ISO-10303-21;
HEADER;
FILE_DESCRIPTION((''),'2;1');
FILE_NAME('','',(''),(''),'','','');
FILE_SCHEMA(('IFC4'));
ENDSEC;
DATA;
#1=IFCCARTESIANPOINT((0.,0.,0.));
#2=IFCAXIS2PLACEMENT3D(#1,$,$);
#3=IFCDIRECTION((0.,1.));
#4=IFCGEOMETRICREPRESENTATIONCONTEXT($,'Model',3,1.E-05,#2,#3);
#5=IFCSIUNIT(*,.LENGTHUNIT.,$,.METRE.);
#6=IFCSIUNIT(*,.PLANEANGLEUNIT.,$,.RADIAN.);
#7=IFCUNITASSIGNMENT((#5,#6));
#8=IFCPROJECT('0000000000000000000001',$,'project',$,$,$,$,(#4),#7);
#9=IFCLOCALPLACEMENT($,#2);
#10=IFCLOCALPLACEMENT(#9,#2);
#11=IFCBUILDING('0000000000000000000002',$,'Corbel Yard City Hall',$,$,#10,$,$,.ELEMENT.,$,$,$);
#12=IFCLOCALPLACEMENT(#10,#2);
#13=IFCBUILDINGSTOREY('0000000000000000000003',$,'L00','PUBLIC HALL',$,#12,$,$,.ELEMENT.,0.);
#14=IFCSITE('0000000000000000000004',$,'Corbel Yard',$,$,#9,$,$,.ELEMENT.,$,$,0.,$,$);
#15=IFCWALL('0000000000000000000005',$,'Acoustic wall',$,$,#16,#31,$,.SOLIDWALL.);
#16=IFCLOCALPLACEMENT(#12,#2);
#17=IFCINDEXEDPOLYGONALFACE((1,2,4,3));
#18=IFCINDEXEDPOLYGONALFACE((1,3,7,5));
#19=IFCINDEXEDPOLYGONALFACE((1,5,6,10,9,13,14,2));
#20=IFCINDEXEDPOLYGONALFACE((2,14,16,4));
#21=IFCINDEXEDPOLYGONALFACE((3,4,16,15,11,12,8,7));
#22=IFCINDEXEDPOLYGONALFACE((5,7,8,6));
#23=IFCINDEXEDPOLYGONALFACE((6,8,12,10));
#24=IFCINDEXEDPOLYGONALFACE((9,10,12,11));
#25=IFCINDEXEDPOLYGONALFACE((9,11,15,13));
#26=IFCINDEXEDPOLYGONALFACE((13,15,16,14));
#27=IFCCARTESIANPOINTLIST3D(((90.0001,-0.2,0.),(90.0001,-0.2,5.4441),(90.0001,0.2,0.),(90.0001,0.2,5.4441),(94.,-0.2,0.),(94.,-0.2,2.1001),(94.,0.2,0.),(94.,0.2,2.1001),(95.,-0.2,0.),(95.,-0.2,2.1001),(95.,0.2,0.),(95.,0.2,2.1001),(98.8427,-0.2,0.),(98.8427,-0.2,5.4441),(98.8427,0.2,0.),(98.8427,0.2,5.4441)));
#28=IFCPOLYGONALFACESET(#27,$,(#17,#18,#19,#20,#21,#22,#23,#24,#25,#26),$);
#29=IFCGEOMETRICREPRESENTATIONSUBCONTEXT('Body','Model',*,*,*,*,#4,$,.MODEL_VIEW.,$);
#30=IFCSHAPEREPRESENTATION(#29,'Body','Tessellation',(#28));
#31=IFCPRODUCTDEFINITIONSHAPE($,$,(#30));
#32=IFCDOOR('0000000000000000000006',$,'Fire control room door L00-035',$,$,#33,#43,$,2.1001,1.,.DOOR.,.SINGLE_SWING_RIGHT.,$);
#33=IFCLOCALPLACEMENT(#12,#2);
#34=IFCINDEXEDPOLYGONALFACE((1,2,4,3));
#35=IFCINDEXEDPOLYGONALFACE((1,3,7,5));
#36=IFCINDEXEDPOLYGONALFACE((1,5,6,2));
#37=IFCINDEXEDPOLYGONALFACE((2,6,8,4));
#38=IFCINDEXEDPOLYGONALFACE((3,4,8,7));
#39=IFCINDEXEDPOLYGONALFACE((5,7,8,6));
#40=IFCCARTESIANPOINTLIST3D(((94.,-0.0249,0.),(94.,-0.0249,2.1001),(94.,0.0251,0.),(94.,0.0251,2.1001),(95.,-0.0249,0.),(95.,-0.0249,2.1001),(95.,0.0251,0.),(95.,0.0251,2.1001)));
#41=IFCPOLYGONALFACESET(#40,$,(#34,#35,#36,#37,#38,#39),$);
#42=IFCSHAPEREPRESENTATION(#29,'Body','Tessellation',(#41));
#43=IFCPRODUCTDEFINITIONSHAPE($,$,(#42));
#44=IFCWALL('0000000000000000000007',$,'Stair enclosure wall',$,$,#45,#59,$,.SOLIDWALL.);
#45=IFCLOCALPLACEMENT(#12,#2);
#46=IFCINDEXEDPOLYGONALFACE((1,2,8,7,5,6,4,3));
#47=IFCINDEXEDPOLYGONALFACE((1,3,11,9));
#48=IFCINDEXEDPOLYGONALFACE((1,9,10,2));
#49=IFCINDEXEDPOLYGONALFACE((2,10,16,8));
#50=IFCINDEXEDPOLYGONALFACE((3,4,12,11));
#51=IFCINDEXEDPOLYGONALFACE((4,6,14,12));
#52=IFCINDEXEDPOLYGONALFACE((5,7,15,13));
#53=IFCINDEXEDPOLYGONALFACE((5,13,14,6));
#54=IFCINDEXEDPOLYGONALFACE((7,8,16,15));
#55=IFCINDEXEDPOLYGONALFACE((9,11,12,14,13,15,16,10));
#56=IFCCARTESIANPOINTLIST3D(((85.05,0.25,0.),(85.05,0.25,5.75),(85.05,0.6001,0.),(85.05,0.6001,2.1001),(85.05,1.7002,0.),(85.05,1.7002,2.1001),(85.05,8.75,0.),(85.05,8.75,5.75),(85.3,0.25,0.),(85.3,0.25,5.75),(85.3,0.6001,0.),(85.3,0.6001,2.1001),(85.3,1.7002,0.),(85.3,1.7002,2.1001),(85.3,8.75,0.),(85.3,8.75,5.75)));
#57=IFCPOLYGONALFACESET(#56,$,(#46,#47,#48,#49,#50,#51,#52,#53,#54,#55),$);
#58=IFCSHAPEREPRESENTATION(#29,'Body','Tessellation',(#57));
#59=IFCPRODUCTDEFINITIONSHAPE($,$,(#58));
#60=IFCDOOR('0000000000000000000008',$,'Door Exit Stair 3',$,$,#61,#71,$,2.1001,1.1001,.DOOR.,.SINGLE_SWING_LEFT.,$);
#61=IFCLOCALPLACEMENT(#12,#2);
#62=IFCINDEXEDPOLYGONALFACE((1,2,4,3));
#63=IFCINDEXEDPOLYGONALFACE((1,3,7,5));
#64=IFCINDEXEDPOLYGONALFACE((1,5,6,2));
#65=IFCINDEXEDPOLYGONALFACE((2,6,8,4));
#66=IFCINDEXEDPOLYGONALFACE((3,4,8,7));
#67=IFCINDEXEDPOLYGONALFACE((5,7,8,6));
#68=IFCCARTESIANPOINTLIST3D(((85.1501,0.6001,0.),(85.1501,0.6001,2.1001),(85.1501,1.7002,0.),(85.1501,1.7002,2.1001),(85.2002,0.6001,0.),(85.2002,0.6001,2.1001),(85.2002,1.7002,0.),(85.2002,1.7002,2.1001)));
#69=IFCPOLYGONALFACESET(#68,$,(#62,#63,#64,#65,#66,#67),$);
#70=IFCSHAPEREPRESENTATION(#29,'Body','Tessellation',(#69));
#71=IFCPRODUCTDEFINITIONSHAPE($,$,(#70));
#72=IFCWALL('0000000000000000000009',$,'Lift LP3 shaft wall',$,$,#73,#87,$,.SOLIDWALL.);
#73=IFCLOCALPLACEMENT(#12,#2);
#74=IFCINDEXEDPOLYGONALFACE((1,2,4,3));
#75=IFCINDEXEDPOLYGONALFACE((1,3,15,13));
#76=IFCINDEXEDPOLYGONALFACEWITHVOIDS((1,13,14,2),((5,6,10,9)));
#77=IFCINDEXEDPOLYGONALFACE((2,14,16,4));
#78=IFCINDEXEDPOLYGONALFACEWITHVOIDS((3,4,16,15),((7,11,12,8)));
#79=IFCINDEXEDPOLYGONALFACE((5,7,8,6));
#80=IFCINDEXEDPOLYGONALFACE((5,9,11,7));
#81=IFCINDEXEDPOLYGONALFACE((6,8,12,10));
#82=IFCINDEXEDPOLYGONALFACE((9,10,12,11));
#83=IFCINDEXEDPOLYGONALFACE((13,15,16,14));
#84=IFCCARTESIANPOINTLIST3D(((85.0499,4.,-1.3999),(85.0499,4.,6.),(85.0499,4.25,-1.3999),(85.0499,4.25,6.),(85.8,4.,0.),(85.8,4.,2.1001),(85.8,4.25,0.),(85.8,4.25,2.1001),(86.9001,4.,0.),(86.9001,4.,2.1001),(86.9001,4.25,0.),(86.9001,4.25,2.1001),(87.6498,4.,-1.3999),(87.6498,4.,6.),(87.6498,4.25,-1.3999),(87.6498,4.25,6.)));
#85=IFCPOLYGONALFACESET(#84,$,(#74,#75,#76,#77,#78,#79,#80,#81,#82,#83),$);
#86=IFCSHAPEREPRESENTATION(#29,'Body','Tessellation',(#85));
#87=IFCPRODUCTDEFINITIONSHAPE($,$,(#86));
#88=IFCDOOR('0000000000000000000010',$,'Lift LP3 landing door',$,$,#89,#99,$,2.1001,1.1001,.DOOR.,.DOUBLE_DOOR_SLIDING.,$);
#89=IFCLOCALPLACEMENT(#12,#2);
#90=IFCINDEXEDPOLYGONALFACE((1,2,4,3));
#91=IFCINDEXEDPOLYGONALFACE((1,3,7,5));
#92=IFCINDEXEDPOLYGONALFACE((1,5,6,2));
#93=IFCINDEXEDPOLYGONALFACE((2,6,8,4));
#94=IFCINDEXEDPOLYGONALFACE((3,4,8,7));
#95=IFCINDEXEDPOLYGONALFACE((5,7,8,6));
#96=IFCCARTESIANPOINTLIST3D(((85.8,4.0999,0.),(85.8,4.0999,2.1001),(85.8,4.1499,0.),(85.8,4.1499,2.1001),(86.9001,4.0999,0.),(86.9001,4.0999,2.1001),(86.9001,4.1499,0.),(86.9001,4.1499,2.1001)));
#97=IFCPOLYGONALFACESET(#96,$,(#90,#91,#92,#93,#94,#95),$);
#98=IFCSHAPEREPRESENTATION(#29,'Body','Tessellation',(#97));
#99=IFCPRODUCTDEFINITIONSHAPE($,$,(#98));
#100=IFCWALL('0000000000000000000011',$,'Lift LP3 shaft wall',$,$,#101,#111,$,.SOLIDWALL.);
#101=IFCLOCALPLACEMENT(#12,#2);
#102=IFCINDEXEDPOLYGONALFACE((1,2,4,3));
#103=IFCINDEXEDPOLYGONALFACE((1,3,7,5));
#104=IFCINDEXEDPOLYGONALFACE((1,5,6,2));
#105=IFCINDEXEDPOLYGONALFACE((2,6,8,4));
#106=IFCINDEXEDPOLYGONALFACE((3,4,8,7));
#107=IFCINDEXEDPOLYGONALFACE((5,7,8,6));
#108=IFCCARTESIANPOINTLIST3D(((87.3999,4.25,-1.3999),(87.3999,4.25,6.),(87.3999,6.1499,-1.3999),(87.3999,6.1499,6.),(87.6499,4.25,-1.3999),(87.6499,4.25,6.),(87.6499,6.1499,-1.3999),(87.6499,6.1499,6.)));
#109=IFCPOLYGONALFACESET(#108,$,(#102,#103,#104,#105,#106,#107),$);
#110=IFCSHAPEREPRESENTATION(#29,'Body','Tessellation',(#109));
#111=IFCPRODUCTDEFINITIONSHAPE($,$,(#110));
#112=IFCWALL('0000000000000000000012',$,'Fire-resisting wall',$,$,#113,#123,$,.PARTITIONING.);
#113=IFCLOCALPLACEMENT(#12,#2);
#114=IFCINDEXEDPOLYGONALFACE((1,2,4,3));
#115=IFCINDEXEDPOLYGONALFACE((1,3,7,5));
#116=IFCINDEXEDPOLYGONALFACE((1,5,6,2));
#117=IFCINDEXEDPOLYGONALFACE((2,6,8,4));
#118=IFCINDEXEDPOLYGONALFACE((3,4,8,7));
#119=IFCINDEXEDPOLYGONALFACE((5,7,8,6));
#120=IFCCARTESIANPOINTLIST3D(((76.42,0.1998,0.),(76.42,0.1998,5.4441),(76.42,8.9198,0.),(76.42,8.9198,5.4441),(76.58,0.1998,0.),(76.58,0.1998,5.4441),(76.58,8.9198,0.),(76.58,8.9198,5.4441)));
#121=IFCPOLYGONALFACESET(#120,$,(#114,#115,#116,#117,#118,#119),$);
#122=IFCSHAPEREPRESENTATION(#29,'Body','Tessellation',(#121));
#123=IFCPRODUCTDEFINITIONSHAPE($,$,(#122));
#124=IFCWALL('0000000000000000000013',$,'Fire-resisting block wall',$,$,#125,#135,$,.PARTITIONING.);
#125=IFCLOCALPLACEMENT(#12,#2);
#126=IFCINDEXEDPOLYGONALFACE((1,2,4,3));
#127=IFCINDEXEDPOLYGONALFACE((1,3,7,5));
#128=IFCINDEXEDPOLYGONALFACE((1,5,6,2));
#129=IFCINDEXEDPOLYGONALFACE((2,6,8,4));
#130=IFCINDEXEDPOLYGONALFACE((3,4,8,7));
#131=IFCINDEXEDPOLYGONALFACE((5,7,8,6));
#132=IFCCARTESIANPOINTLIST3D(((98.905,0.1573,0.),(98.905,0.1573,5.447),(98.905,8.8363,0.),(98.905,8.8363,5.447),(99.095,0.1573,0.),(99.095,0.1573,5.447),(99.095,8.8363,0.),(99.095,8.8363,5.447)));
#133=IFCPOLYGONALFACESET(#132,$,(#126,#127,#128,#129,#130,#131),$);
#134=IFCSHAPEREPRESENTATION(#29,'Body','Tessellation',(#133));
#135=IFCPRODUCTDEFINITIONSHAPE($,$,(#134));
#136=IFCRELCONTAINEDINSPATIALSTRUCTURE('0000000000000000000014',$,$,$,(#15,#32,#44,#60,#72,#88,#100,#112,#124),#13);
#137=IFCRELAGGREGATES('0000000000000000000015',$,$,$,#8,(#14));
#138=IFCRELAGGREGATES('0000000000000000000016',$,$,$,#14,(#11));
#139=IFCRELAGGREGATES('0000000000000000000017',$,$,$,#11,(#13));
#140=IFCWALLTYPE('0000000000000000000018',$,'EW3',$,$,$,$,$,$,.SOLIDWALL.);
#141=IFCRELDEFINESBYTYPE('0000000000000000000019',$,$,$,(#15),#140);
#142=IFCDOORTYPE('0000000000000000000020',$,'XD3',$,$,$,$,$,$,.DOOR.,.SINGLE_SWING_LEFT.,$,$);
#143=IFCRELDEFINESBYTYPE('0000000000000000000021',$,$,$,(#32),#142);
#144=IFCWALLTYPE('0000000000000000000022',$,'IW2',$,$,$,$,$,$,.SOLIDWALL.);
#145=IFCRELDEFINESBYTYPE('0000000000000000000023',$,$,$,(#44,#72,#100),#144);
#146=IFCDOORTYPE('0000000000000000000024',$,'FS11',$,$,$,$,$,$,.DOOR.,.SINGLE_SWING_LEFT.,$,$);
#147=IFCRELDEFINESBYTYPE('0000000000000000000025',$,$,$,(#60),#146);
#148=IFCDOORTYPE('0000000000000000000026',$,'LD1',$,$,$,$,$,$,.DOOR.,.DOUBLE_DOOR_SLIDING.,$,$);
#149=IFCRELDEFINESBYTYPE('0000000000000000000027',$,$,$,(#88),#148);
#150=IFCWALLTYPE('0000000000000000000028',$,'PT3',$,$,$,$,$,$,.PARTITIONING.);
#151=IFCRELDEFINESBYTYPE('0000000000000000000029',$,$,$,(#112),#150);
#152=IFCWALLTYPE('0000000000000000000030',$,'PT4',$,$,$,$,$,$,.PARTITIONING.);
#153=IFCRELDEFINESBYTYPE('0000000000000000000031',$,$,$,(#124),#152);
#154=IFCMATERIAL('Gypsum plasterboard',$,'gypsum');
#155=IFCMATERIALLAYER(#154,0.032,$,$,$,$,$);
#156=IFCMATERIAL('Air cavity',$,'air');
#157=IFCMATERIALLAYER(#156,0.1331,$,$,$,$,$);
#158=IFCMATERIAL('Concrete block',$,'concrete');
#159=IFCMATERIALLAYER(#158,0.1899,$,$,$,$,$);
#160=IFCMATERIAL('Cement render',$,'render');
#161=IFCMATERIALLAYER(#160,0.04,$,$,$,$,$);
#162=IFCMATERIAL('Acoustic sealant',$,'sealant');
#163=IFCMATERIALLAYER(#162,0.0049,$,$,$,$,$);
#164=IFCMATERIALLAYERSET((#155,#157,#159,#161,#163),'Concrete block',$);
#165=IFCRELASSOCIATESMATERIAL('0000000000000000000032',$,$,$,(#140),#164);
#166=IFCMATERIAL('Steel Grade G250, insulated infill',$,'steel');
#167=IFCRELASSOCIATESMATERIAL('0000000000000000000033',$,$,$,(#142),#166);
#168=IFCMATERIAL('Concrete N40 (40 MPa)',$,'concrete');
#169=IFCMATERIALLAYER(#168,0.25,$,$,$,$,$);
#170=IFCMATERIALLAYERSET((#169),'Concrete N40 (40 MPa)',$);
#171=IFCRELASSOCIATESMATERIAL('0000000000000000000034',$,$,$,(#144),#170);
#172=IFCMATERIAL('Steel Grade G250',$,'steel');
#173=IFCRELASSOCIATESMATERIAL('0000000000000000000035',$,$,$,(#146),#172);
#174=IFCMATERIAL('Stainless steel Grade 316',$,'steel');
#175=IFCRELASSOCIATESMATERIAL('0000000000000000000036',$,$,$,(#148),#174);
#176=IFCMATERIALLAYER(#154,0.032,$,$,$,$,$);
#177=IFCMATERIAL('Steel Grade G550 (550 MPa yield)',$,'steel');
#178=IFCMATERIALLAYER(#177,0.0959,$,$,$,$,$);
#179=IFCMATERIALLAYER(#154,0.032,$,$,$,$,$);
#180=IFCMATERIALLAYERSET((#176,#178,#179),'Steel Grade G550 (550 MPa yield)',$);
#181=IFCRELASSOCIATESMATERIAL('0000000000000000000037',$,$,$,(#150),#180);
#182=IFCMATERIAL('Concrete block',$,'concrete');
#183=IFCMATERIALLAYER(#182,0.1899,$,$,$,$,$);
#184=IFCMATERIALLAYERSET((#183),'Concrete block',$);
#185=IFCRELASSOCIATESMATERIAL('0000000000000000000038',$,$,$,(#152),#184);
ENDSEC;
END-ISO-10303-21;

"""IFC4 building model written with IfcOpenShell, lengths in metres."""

from ifc_helpers import new_model, si_unit, direction, frame, frame_2d, origin, place, context, subcontext, project, spatial, rectangle, extrude, material, layer, layer_set, type_object, element, fill, save


model = new_model("IFC4")

# Units and contexts
model_context = context("Model", 3, precision=1e-05, world=origin(), true_north=direction((0.0, 1.0)))
body_context = subcontext(model_context, "Body", "Model", "MODEL_VIEW")
ifc_project = project(units=[si_unit("LENGTHUNIT", "METRE"), si_unit("PLANEANGLEUNIT", "RADIAN")], contexts=[model_context])

# Site, building, storey
site_placement = place(None, origin())
site = spatial("IfcSite", under=ifc_project, at=site_placement, Name="Corbel Yard", CompositionType="ELEMENT", RefElevation=0.0)
building_placement = place(site_placement, origin())
building = spatial("IfcBuilding", under=site, at=building_placement, Name="Corbel Yard City Hall", CompositionType="ELEMENT")
storey_placement = place(building_placement, origin())
storey = spatial("IfcBuildingStorey", under=building, at=storey_placement, Name="L00", Description="PUBLIC HALL", CompositionType="ELEMENT", Elevation=0.0)

# Shared definitions
ifc_material_1 = material(Name="Concrete N40 (40 MPa)", Category="concrete")

# Walls, openings, doors
ifc_material_2 = material(Name="Steel Grade G250, insulated infill", Category="steel")
ifc_material_3 = material(Name="Gypsum plasterboard", Category="gypsum")
ifc_layer_1 = layer(ifc_material_3, 0.032)
ifc_material_4 = material(Name="Air cavity", Category="air")
ifc_layer_2 = layer(ifc_material_4, 0.1331)
ifc_material_5 = material(Name="Concrete block", Category="concrete")
ifc_layer_3 = layer(ifc_material_5, 0.1899)
ifc_material_6 = material(Name="Cement render", Category="render")
ifc_layer_4 = layer(ifc_material_6, 0.04)
ifc_material_7 = material(Name="Acoustic sealant", Category="sealant")
ifc_layer_5 = layer(ifc_material_7, 0.0049)
ifc_layer_set_1 = layer_set([ifc_layer_1, ifc_layer_2, ifc_layer_3, ifc_layer_4, ifc_layer_5], Name="Concrete block")
wall_type_1 = type_object("IfcWallType", Name="EW3", PredefinedType="SOLIDWALL", material=ifc_layer_set_1)
wall_1_placement = place(storey_placement, frame((90.0, 0.0, 0.0), z_axis=(0.0, 0.0, 1.0), x_axis=(1.0, 0.0, 0.0)))
wall_1 = element("IfcWall", 1, at=wall_1_placement, inside=storey, type_object=wall_type_1, Name="Acoustic wall", PredefinedType="SOLIDWALL", context=body_context, shape_type="SweptSolid", body=[
    extrude(rectangle(XDim=8.8425, YDim=0.3999, at=frame_2d((4.4214, 0.0))), origin(), (0.0, 0.0, 1.0), 5.4441),
])
opening_1_placement = place(wall_1_placement, frame((4.0, 0.0, 0.0)))
opening_1 = element("IfcOpeningElement", 2, at=opening_1_placement, cuts=wall_1, PredefinedType="OPENING", context=body_context, shape_type="SweptSolid", body=[
    extrude(rectangle(XDim=1.0, YDim=2.1001, at=frame_2d((0.5, 1.05))), frame((0.0, 0.21, 0.0), z_axis=(0.0, -1.0, 0.0), x_axis=(1.0, 0.0, 0.0)), (0.0, 0.0, 1.0), 0.4199),
])
door_type_1 = type_object("IfcDoorType", Name="XD3", OperationType="SINGLE_SWING_LEFT", PredefinedType="DOOR", material=ifc_material_2)
door_1_placement = place(opening_1_placement, frame((1.0, 0.0, 0.0), z_axis=(0.0, 0.0, 1.0), x_axis=(-1.0, 0.0, 0.0)))
door_1 = element("IfcDoor", 3, at=door_1_placement, inside=storey, type_object=door_type_1, Name="Fire control room door L00-035", OperationType="SINGLE_SWING_RIGHT", OverallHeight=2.1001, OverallWidth=1.0, PredefinedType="DOOR", context=body_context, shape_type="SweptSolid", body=[
    extrude(rectangle(XDim=1.0, YDim=2.1001, at=frame_2d((0.5, 1.05))), frame((0.0, 0.0249, 0.0), z_axis=(0.0, -1.0, 0.0), x_axis=(1.0, 0.0, 0.0)), (0.0, 0.0, 1.0), 0.05),
])
fill(opening_1, door_1)
ifc_layer_6 = layer(ifc_material_1, 0.25)
ifc_layer_set_2 = layer_set([ifc_layer_6], Name="Concrete N40 (40 MPa)")
wall_type_2 = type_object("IfcWallType", Name="IW2", PredefinedType="SOLIDWALL", material=ifc_layer_set_2)
wall_2_placement = place(storey_placement, frame((85.175, 0.25, 0.0), z_axis=(0.0, 0.0, 1.0), x_axis=(0.0, 1.0, 0.0)))
wall_2 = element("IfcWall", 4, at=wall_2_placement, inside=storey, type_object=wall_type_2, Name="Stair enclosure wall", PredefinedType="SOLIDWALL", context=body_context, shape_type="SweptSolid", body=[
    extrude(rectangle(XDim=8.5, YDim=0.25, at=frame_2d((4.25, 0.0))), origin(), (0.0, 0.0, 1.0), 5.75),
])
opening_2_placement = place(wall_2_placement, frame((0.3501, 0.0, 0.0)))
opening_2 = element("IfcOpeningElement", 5, at=opening_2_placement, cuts=wall_2, PredefinedType="OPENING", context=body_context, shape_type="SweptSolid", body=[
    extrude(rectangle(XDim=1.1001, YDim=2.1001, at=frame_2d((0.55, 1.05))), frame((0.0, 0.135, 0.0), z_axis=(0.0, -1.0, 0.0), x_axis=(1.0, 0.0, 0.0)), (0.0, 0.0, 1.0), 0.27),
])
ifc_material_8 = material(Name="Steel Grade G250", Category="steel")
door_type_2 = type_object("IfcDoorType", Name="FS11", OperationType="SINGLE_SWING_LEFT", PredefinedType="DOOR", material=ifc_material_8)
door_2_placement = place(opening_2_placement, origin())
door_2 = element("IfcDoor", 6, at=door_2_placement, inside=storey, type_object=door_type_2, Name="Door Exit Stair 3", OperationType="SINGLE_SWING_LEFT", OverallHeight=2.1001, OverallWidth=1.1001, PredefinedType="DOOR", context=body_context, shape_type="SweptSolid", body=[
    extrude(rectangle(XDim=1.1001, YDim=2.1001, at=frame_2d((0.55, 1.05))), frame((0.0, 0.0249, 0.0), z_axis=(0.0, -1.0, 0.0), x_axis=(1.0, 0.0, 0.0)), (0.0, 0.0, 1.0), 0.05),
])
fill(opening_2, door_2)
wall_3_placement = place(storey_placement, frame((85.05, 4.125, -1.3999), z_axis=(0.0, 0.0, 1.0), x_axis=(1.0, 0.0, 0.0)))
wall_3 = element("IfcWall", 7, at=wall_3_placement, inside=storey, type_object=wall_type_2, Name="Lift LP3 shaft wall", PredefinedType="SOLIDWALL", context=body_context, shape_type="SweptSolid", body=[
    extrude(rectangle(XDim=2.5999, YDim=0.25, at=frame_2d((1.2998, 0.0))), origin(), (0.0, 0.0, 1.0), 7.3999),
])
opening_3_placement = place(wall_3_placement, frame((0.75, 0.0, 1.3999)))
opening_3 = element("IfcOpeningElement", 8, at=opening_3_placement, cuts=wall_3, PredefinedType="OPENING", context=body_context, shape_type="SweptSolid", body=[
    extrude(rectangle(XDim=1.1001, YDim=2.1001, at=frame_2d((0.55, 1.05))), frame((0.0, 0.135, 0.0), z_axis=(0.0, -1.0, 0.0), x_axis=(1.0, 0.0, 0.0)), (0.0, 0.0, 1.0), 0.27),
])
ifc_material_9 = material(Name="Stainless steel Grade 316", Category="steel")
door_type_3 = type_object("IfcDoorType", Name="LD1", OperationType="DOUBLE_DOOR_SLIDING", PredefinedType="DOOR", material=ifc_material_9)
door_3_placement = place(opening_3_placement, origin())
door_3 = element("IfcDoor", 9, at=door_3_placement, inside=storey, type_object=door_type_3, Name="Lift LP3 landing door", OperationType="DOUBLE_DOOR_SLIDING", OverallHeight=2.1001, OverallWidth=1.1001, PredefinedType="DOOR", context=body_context, shape_type="SweptSolid", body=[
    extrude(rectangle(XDim=1.1001, YDim=2.1001, at=frame_2d((0.55, 1.05))), frame((0.0, 0.0249, 0.0), z_axis=(0.0, -1.0, 0.0), x_axis=(1.0, 0.0, 0.0)), (0.0, 0.0, 1.0), 0.05),
])
fill(opening_3, door_3)

# Walls
wall_4_placement = place(storey_placement, frame((87.5249, 4.25, -1.3999), z_axis=(0.0, 0.0, 1.0), x_axis=(0.0, 1.0, 0.0)))
element("IfcWall", 10, at=wall_4_placement, inside=storey, type_object=wall_type_2, Name="Lift LP3 shaft wall", PredefinedType="SOLIDWALL", context=body_context, shape_type="SweptSolid", body=[
    extrude(rectangle(XDim=1.8999, YDim=0.25, at=frame_2d((0.95, 0.0))), origin(), (0.0, 0.0, 1.0), 7.3999),
])
ifc_layer_7 = layer(ifc_material_3, 0.032)
ifc_material_10 = material(Name="Steel Grade G550 (550 MPa yield)", Category="steel")
ifc_layer_8 = layer(ifc_material_10, 0.0959)
ifc_layer_9 = layer(ifc_material_3, 0.032)
ifc_layer_set_3 = layer_set([ifc_layer_7, ifc_layer_8, ifc_layer_9], Name="Steel Grade G550 (550 MPa yield)")
wall_type_3 = type_object("IfcWallType", Name="PT3", PredefinedType="PARTITIONING", material=ifc_layer_set_3)
wall_5_placement = place(storey_placement, frame((76.5, 0.2, 0.0), z_axis=(0.0, 0.0, 1.0), x_axis=(0.0, 1.0, 0.0)))
element("IfcWall", 11, at=wall_5_placement, inside=storey, type_object=wall_type_3, Name="Fire-resisting wall", PredefinedType="PARTITIONING", context=body_context, shape_type="SweptSolid", body=[
    extrude(rectangle(XDim=8.72, YDim=0.1599, at=frame_2d((4.3599, 0.0))), origin(), (0.0, 0.0, 1.0), 5.4441),
])
ifc_material_11 = material(Name="Concrete block", Category="concrete")
ifc_layer_10 = layer(ifc_material_11, 0.1899)
ifc_layer_set_4 = layer_set([ifc_layer_10], Name="Concrete block")
wall_type_4 = type_object("IfcWallType", Name="PT4", PredefinedType="PARTITIONING", material=ifc_layer_set_4)
wall_6_placement = place(storey_placement, frame((99.0, 0.1575, 0.0), z_axis=(0.0, 0.0, 1.0), x_axis=(0.0, 1.0, 0.0)))
element("IfcWall", 12, at=wall_6_placement, inside=storey, type_object=wall_type_4, Name="Fire-resisting block wall", PredefinedType="PARTITIONING", context=body_context, shape_type="SweptSolid", body=[
    extrude(rectangle(XDim=8.679, YDim=0.1899, at=frame_2d((4.3394, 0.0))), origin(), (0.0, 0.0, 1.0), 5.447),
])

save(model, "model.ifc")
